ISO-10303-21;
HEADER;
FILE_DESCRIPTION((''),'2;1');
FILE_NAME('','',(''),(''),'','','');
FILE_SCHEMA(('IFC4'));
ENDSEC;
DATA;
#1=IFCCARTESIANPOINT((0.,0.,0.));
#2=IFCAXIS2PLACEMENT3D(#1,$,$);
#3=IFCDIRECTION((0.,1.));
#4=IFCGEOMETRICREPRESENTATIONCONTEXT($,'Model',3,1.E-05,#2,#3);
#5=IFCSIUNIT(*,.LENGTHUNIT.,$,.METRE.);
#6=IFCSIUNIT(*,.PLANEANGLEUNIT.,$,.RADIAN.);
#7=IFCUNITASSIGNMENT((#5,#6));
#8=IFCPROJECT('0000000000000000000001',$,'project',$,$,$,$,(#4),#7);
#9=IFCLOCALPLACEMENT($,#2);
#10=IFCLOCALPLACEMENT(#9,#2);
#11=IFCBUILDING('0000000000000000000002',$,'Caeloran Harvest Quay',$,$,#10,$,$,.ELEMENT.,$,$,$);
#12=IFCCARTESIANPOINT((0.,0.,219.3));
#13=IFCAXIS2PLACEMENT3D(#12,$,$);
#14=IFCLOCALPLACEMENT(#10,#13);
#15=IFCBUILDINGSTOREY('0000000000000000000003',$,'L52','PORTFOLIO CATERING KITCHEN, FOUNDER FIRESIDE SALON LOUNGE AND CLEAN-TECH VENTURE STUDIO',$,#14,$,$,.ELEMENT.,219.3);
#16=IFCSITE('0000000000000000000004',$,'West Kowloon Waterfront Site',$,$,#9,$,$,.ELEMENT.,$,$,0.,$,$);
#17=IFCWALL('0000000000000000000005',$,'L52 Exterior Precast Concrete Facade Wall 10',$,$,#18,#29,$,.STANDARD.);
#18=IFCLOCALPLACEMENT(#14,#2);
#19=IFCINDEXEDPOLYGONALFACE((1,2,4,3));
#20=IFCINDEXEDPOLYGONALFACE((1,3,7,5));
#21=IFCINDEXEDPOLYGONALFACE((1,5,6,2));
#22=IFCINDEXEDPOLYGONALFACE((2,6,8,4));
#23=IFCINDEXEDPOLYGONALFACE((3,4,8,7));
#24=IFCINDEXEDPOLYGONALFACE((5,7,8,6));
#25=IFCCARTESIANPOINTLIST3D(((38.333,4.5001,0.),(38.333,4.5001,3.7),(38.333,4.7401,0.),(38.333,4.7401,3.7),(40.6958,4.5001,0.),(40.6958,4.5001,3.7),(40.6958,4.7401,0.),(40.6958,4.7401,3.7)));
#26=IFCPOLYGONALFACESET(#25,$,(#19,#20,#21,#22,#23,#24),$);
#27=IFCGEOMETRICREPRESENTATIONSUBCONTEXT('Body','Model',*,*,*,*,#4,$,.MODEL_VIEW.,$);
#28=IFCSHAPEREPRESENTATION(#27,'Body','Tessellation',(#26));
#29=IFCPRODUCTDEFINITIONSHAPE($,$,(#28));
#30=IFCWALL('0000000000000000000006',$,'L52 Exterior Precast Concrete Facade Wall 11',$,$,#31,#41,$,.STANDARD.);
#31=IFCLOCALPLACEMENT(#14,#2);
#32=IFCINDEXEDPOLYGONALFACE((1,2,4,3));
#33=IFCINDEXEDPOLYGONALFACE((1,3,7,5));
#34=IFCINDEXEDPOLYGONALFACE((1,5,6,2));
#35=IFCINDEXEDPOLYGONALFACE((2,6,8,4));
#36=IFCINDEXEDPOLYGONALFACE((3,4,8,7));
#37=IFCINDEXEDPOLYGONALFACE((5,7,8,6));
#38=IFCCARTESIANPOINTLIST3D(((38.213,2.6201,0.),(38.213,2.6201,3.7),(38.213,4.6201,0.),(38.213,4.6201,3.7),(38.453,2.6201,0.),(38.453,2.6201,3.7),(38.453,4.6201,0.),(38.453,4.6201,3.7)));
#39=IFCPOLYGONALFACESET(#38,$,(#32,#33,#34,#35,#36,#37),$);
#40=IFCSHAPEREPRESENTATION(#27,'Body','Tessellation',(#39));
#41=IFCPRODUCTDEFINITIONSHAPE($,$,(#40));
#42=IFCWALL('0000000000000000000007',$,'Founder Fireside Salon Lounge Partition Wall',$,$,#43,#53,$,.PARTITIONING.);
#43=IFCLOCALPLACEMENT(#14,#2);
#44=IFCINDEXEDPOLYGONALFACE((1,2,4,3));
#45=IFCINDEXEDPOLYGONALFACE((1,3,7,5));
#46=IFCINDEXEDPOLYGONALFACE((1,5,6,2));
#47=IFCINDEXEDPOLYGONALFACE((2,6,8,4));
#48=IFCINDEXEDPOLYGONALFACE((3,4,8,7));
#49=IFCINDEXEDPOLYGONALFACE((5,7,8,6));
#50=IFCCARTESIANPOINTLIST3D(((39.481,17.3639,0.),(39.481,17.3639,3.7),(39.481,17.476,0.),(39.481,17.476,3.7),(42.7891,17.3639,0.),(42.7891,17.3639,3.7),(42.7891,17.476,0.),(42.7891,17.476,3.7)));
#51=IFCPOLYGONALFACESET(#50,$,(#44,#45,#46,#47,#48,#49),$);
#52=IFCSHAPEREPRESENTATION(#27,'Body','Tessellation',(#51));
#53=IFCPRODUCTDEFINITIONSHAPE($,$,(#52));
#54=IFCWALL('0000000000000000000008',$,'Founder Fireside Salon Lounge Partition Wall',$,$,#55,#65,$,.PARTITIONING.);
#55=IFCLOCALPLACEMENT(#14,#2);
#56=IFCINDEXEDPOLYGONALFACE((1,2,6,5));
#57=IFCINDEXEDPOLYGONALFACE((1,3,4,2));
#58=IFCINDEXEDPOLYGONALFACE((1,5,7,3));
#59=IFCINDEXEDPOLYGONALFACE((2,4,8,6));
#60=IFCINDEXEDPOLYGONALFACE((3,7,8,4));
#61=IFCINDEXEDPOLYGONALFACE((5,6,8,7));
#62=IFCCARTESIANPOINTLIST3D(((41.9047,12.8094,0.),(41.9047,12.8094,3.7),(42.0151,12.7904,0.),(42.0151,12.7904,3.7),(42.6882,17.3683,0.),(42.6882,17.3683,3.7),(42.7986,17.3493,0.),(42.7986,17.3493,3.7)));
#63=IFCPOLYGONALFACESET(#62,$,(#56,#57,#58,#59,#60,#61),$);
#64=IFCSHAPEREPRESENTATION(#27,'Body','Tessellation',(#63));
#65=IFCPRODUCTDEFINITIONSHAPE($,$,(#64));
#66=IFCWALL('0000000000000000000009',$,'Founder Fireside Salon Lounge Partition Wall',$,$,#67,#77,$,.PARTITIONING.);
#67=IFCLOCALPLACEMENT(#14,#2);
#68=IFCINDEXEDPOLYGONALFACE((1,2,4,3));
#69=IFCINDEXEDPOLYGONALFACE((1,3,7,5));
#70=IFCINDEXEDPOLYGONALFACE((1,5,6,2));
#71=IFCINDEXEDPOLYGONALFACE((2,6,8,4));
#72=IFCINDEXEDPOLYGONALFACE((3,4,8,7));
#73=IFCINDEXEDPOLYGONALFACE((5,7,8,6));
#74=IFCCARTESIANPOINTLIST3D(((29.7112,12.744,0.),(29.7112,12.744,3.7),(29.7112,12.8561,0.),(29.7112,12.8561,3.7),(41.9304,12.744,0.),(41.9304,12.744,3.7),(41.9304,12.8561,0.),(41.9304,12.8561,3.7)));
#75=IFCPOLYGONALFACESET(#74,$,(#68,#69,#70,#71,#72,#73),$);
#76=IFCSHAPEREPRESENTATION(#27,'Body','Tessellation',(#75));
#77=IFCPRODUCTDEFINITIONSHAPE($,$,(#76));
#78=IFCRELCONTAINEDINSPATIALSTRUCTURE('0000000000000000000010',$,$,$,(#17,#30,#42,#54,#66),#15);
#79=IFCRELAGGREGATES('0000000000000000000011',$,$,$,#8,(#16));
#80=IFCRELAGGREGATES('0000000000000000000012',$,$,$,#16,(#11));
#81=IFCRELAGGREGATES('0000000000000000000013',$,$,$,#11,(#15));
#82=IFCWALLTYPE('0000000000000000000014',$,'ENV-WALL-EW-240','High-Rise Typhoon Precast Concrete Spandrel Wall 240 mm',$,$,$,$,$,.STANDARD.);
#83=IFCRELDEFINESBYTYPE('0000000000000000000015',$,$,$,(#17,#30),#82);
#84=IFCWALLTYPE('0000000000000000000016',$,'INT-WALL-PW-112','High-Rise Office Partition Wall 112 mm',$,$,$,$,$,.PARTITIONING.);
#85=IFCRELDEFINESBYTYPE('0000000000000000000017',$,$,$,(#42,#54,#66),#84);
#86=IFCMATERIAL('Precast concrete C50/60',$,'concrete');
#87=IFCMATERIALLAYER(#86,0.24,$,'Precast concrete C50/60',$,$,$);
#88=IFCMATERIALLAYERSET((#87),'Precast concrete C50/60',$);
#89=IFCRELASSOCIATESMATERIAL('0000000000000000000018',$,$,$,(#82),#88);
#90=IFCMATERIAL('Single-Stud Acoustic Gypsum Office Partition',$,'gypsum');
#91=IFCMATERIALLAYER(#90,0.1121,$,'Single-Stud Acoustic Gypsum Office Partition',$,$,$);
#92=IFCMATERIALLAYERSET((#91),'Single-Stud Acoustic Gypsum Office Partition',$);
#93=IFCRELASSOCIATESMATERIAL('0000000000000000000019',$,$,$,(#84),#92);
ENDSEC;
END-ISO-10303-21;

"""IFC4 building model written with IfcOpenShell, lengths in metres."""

from ifc_helpers import new_model, si_unit, direction, frame, frame_2d, origin, place, context, subcontext, project, spatial, rectangle, extrude, material, layer, layer_set, type_object, element, save


model = new_model("IFC4")

# Units and contexts
model_context = context("Model", 3, precision=1e-05, world=origin(), true_north=direction((0.0, 1.0)))
body_context = subcontext(model_context, "Body", "Model", "MODEL_VIEW")
ifc_project = project(units=[si_unit("LENGTHUNIT", "METRE"), si_unit("PLANEANGLEUNIT", "RADIAN")], contexts=[model_context])

# Site, building, storey
site_placement = place(None, origin())
site = spatial("IfcSite", under=ifc_project, at=site_placement, Name="West Kowloon Waterfront Site", CompositionType="ELEMENT", RefElevation=0.0)
building_placement = place(site_placement, origin())
building = spatial("IfcBuilding", under=site, at=building_placement, Name="Caeloran Harvest Quay", CompositionType="ELEMENT")
storey_placement = place(building_placement, frame((0.0, 0.0, 219.3)))
storey = spatial("IfcBuildingStorey", under=building, at=storey_placement, Name="L52", Description="PORTFOLIO CATERING KITCHEN, FOUNDER FIRESIDE SALON LOUNGE AND CLEAN-TECH VENTURE STUDIO", CompositionType="ELEMENT", Elevation=219.3)

# Walls
ifc_material_1 = material(Name="Precast concrete C50/60", Category="concrete")
ifc_layer_1 = layer(ifc_material_1, 0.24, Name="Precast concrete C50/60")
ifc_layer_set_1 = layer_set([ifc_layer_1], Name="Precast concrete C50/60")
wall_type_1 = type_object("IfcWallType", Name="ENV-WALL-EW-240", Description="High-Rise Typhoon Precast Concrete Spandrel Wall 240 mm", PredefinedType="STANDARD", material=ifc_layer_set_1)
wall_1_placement = place(storey_placement, frame((40.6958, 4.6201, 0.0), z_axis=(0.0, 0.0, 1.0), x_axis=(-1.0, 0.0, 0.0)))
element("IfcWall", 1, at=wall_1_placement, inside=storey, type_object=wall_type_1, Name="L52 Exterior Precast Concrete Facade Wall 10", PredefinedType="STANDARD", context=body_context, shape_type="SweptSolid", body=[
    extrude(rectangle(XDim=2.3628, YDim=0.24, at=frame_2d((1.1814, 0.0))), origin(), (0.0, 0.0, 1.0), 3.7),
])
wall_2_placement = place(storey_placement, frame((38.333, 4.6201, 0.0), z_axis=(0.0, 0.0, 1.0), x_axis=(0.0, -1.0, 0.0)))
element("IfcWall", 2, at=wall_2_placement, inside=storey, type_object=wall_type_1, Name="L52 Exterior Precast Concrete Facade Wall 11", PredefinedType="STANDARD", context=body_context, shape_type="SweptSolid", body=[
    extrude(rectangle(XDim=2.0, YDim=0.24, at=frame_2d((1.0, 0.0))), origin(), (0.0, 0.0, 1.0), 3.7),
])
ifc_material_2 = material(Name="Single-Stud Acoustic Gypsum Office Partition", Category="gypsum")
ifc_layer_2 = layer(ifc_material_2, 0.1121, Name="Single-Stud Acoustic Gypsum Office Partition")
ifc_layer_set_2 = layer_set([ifc_layer_2], Name="Single-Stud Acoustic Gypsum Office Partition")
wall_type_2 = type_object("IfcWallType", Name="INT-WALL-PW-112", Description="High-Rise Office Partition Wall 112 mm", PredefinedType="PARTITIONING", material=ifc_layer_set_2)
wall_3_placement = place(storey_placement, frame((39.481, 17.4199, 0.0), z_axis=(0.0, 0.0, 1.0), x_axis=(1.0, 0.0, 0.0)))
element("IfcWall", 3, at=wall_3_placement, inside=storey, type_object=wall_type_2, Name="Founder Fireside Salon Lounge Partition Wall", PredefinedType="PARTITIONING", context=body_context, shape_type="SweptSolid", body=[
    extrude(rectangle(XDim=3.3081, YDim=0.1121, at=frame_2d((1.6541, 0.0))), origin(), (0.0, 0.0, 1.0), 3.7),
])
wall_4_placement = place(storey_placement, frame((42.7434, 17.3589, 0.0), z_axis=(0.0, 0.0, 1.0), x_axis=(-0.16937, -0.985553, 0.0)))
element("IfcWall", 4, at=wall_4_placement, inside=storey, type_object=wall_type_2, Name="Founder Fireside Salon Lounge Partition Wall", PredefinedType="PARTITIONING", context=body_context, shape_type="SweptSolid", body=[
    extrude(rectangle(XDim=4.6257, YDim=0.1121, at=frame_2d((2.313, 0.0))), origin(), (0.0, 0.0, 1.0), 3.7),
])
wall_5_placement = place(storey_placement, frame((41.9304, 12.8, 0.0), z_axis=(0.0, 0.0, 1.0), x_axis=(-1.0, 0.0, 0.0)))
element("IfcWall", 5, at=wall_5_placement, inside=storey, type_object=wall_type_2, Name="Founder Fireside Salon Lounge Partition Wall", PredefinedType="PARTITIONING", context=body_context, shape_type="SweptSolid", body=[
    extrude(rectangle(XDim=12.2192, YDim=0.1121, at=frame_2d((6.1096, 0.0))), origin(), (0.0, 0.0, 1.0), 3.7),
])

save(model, "model.ifc")
